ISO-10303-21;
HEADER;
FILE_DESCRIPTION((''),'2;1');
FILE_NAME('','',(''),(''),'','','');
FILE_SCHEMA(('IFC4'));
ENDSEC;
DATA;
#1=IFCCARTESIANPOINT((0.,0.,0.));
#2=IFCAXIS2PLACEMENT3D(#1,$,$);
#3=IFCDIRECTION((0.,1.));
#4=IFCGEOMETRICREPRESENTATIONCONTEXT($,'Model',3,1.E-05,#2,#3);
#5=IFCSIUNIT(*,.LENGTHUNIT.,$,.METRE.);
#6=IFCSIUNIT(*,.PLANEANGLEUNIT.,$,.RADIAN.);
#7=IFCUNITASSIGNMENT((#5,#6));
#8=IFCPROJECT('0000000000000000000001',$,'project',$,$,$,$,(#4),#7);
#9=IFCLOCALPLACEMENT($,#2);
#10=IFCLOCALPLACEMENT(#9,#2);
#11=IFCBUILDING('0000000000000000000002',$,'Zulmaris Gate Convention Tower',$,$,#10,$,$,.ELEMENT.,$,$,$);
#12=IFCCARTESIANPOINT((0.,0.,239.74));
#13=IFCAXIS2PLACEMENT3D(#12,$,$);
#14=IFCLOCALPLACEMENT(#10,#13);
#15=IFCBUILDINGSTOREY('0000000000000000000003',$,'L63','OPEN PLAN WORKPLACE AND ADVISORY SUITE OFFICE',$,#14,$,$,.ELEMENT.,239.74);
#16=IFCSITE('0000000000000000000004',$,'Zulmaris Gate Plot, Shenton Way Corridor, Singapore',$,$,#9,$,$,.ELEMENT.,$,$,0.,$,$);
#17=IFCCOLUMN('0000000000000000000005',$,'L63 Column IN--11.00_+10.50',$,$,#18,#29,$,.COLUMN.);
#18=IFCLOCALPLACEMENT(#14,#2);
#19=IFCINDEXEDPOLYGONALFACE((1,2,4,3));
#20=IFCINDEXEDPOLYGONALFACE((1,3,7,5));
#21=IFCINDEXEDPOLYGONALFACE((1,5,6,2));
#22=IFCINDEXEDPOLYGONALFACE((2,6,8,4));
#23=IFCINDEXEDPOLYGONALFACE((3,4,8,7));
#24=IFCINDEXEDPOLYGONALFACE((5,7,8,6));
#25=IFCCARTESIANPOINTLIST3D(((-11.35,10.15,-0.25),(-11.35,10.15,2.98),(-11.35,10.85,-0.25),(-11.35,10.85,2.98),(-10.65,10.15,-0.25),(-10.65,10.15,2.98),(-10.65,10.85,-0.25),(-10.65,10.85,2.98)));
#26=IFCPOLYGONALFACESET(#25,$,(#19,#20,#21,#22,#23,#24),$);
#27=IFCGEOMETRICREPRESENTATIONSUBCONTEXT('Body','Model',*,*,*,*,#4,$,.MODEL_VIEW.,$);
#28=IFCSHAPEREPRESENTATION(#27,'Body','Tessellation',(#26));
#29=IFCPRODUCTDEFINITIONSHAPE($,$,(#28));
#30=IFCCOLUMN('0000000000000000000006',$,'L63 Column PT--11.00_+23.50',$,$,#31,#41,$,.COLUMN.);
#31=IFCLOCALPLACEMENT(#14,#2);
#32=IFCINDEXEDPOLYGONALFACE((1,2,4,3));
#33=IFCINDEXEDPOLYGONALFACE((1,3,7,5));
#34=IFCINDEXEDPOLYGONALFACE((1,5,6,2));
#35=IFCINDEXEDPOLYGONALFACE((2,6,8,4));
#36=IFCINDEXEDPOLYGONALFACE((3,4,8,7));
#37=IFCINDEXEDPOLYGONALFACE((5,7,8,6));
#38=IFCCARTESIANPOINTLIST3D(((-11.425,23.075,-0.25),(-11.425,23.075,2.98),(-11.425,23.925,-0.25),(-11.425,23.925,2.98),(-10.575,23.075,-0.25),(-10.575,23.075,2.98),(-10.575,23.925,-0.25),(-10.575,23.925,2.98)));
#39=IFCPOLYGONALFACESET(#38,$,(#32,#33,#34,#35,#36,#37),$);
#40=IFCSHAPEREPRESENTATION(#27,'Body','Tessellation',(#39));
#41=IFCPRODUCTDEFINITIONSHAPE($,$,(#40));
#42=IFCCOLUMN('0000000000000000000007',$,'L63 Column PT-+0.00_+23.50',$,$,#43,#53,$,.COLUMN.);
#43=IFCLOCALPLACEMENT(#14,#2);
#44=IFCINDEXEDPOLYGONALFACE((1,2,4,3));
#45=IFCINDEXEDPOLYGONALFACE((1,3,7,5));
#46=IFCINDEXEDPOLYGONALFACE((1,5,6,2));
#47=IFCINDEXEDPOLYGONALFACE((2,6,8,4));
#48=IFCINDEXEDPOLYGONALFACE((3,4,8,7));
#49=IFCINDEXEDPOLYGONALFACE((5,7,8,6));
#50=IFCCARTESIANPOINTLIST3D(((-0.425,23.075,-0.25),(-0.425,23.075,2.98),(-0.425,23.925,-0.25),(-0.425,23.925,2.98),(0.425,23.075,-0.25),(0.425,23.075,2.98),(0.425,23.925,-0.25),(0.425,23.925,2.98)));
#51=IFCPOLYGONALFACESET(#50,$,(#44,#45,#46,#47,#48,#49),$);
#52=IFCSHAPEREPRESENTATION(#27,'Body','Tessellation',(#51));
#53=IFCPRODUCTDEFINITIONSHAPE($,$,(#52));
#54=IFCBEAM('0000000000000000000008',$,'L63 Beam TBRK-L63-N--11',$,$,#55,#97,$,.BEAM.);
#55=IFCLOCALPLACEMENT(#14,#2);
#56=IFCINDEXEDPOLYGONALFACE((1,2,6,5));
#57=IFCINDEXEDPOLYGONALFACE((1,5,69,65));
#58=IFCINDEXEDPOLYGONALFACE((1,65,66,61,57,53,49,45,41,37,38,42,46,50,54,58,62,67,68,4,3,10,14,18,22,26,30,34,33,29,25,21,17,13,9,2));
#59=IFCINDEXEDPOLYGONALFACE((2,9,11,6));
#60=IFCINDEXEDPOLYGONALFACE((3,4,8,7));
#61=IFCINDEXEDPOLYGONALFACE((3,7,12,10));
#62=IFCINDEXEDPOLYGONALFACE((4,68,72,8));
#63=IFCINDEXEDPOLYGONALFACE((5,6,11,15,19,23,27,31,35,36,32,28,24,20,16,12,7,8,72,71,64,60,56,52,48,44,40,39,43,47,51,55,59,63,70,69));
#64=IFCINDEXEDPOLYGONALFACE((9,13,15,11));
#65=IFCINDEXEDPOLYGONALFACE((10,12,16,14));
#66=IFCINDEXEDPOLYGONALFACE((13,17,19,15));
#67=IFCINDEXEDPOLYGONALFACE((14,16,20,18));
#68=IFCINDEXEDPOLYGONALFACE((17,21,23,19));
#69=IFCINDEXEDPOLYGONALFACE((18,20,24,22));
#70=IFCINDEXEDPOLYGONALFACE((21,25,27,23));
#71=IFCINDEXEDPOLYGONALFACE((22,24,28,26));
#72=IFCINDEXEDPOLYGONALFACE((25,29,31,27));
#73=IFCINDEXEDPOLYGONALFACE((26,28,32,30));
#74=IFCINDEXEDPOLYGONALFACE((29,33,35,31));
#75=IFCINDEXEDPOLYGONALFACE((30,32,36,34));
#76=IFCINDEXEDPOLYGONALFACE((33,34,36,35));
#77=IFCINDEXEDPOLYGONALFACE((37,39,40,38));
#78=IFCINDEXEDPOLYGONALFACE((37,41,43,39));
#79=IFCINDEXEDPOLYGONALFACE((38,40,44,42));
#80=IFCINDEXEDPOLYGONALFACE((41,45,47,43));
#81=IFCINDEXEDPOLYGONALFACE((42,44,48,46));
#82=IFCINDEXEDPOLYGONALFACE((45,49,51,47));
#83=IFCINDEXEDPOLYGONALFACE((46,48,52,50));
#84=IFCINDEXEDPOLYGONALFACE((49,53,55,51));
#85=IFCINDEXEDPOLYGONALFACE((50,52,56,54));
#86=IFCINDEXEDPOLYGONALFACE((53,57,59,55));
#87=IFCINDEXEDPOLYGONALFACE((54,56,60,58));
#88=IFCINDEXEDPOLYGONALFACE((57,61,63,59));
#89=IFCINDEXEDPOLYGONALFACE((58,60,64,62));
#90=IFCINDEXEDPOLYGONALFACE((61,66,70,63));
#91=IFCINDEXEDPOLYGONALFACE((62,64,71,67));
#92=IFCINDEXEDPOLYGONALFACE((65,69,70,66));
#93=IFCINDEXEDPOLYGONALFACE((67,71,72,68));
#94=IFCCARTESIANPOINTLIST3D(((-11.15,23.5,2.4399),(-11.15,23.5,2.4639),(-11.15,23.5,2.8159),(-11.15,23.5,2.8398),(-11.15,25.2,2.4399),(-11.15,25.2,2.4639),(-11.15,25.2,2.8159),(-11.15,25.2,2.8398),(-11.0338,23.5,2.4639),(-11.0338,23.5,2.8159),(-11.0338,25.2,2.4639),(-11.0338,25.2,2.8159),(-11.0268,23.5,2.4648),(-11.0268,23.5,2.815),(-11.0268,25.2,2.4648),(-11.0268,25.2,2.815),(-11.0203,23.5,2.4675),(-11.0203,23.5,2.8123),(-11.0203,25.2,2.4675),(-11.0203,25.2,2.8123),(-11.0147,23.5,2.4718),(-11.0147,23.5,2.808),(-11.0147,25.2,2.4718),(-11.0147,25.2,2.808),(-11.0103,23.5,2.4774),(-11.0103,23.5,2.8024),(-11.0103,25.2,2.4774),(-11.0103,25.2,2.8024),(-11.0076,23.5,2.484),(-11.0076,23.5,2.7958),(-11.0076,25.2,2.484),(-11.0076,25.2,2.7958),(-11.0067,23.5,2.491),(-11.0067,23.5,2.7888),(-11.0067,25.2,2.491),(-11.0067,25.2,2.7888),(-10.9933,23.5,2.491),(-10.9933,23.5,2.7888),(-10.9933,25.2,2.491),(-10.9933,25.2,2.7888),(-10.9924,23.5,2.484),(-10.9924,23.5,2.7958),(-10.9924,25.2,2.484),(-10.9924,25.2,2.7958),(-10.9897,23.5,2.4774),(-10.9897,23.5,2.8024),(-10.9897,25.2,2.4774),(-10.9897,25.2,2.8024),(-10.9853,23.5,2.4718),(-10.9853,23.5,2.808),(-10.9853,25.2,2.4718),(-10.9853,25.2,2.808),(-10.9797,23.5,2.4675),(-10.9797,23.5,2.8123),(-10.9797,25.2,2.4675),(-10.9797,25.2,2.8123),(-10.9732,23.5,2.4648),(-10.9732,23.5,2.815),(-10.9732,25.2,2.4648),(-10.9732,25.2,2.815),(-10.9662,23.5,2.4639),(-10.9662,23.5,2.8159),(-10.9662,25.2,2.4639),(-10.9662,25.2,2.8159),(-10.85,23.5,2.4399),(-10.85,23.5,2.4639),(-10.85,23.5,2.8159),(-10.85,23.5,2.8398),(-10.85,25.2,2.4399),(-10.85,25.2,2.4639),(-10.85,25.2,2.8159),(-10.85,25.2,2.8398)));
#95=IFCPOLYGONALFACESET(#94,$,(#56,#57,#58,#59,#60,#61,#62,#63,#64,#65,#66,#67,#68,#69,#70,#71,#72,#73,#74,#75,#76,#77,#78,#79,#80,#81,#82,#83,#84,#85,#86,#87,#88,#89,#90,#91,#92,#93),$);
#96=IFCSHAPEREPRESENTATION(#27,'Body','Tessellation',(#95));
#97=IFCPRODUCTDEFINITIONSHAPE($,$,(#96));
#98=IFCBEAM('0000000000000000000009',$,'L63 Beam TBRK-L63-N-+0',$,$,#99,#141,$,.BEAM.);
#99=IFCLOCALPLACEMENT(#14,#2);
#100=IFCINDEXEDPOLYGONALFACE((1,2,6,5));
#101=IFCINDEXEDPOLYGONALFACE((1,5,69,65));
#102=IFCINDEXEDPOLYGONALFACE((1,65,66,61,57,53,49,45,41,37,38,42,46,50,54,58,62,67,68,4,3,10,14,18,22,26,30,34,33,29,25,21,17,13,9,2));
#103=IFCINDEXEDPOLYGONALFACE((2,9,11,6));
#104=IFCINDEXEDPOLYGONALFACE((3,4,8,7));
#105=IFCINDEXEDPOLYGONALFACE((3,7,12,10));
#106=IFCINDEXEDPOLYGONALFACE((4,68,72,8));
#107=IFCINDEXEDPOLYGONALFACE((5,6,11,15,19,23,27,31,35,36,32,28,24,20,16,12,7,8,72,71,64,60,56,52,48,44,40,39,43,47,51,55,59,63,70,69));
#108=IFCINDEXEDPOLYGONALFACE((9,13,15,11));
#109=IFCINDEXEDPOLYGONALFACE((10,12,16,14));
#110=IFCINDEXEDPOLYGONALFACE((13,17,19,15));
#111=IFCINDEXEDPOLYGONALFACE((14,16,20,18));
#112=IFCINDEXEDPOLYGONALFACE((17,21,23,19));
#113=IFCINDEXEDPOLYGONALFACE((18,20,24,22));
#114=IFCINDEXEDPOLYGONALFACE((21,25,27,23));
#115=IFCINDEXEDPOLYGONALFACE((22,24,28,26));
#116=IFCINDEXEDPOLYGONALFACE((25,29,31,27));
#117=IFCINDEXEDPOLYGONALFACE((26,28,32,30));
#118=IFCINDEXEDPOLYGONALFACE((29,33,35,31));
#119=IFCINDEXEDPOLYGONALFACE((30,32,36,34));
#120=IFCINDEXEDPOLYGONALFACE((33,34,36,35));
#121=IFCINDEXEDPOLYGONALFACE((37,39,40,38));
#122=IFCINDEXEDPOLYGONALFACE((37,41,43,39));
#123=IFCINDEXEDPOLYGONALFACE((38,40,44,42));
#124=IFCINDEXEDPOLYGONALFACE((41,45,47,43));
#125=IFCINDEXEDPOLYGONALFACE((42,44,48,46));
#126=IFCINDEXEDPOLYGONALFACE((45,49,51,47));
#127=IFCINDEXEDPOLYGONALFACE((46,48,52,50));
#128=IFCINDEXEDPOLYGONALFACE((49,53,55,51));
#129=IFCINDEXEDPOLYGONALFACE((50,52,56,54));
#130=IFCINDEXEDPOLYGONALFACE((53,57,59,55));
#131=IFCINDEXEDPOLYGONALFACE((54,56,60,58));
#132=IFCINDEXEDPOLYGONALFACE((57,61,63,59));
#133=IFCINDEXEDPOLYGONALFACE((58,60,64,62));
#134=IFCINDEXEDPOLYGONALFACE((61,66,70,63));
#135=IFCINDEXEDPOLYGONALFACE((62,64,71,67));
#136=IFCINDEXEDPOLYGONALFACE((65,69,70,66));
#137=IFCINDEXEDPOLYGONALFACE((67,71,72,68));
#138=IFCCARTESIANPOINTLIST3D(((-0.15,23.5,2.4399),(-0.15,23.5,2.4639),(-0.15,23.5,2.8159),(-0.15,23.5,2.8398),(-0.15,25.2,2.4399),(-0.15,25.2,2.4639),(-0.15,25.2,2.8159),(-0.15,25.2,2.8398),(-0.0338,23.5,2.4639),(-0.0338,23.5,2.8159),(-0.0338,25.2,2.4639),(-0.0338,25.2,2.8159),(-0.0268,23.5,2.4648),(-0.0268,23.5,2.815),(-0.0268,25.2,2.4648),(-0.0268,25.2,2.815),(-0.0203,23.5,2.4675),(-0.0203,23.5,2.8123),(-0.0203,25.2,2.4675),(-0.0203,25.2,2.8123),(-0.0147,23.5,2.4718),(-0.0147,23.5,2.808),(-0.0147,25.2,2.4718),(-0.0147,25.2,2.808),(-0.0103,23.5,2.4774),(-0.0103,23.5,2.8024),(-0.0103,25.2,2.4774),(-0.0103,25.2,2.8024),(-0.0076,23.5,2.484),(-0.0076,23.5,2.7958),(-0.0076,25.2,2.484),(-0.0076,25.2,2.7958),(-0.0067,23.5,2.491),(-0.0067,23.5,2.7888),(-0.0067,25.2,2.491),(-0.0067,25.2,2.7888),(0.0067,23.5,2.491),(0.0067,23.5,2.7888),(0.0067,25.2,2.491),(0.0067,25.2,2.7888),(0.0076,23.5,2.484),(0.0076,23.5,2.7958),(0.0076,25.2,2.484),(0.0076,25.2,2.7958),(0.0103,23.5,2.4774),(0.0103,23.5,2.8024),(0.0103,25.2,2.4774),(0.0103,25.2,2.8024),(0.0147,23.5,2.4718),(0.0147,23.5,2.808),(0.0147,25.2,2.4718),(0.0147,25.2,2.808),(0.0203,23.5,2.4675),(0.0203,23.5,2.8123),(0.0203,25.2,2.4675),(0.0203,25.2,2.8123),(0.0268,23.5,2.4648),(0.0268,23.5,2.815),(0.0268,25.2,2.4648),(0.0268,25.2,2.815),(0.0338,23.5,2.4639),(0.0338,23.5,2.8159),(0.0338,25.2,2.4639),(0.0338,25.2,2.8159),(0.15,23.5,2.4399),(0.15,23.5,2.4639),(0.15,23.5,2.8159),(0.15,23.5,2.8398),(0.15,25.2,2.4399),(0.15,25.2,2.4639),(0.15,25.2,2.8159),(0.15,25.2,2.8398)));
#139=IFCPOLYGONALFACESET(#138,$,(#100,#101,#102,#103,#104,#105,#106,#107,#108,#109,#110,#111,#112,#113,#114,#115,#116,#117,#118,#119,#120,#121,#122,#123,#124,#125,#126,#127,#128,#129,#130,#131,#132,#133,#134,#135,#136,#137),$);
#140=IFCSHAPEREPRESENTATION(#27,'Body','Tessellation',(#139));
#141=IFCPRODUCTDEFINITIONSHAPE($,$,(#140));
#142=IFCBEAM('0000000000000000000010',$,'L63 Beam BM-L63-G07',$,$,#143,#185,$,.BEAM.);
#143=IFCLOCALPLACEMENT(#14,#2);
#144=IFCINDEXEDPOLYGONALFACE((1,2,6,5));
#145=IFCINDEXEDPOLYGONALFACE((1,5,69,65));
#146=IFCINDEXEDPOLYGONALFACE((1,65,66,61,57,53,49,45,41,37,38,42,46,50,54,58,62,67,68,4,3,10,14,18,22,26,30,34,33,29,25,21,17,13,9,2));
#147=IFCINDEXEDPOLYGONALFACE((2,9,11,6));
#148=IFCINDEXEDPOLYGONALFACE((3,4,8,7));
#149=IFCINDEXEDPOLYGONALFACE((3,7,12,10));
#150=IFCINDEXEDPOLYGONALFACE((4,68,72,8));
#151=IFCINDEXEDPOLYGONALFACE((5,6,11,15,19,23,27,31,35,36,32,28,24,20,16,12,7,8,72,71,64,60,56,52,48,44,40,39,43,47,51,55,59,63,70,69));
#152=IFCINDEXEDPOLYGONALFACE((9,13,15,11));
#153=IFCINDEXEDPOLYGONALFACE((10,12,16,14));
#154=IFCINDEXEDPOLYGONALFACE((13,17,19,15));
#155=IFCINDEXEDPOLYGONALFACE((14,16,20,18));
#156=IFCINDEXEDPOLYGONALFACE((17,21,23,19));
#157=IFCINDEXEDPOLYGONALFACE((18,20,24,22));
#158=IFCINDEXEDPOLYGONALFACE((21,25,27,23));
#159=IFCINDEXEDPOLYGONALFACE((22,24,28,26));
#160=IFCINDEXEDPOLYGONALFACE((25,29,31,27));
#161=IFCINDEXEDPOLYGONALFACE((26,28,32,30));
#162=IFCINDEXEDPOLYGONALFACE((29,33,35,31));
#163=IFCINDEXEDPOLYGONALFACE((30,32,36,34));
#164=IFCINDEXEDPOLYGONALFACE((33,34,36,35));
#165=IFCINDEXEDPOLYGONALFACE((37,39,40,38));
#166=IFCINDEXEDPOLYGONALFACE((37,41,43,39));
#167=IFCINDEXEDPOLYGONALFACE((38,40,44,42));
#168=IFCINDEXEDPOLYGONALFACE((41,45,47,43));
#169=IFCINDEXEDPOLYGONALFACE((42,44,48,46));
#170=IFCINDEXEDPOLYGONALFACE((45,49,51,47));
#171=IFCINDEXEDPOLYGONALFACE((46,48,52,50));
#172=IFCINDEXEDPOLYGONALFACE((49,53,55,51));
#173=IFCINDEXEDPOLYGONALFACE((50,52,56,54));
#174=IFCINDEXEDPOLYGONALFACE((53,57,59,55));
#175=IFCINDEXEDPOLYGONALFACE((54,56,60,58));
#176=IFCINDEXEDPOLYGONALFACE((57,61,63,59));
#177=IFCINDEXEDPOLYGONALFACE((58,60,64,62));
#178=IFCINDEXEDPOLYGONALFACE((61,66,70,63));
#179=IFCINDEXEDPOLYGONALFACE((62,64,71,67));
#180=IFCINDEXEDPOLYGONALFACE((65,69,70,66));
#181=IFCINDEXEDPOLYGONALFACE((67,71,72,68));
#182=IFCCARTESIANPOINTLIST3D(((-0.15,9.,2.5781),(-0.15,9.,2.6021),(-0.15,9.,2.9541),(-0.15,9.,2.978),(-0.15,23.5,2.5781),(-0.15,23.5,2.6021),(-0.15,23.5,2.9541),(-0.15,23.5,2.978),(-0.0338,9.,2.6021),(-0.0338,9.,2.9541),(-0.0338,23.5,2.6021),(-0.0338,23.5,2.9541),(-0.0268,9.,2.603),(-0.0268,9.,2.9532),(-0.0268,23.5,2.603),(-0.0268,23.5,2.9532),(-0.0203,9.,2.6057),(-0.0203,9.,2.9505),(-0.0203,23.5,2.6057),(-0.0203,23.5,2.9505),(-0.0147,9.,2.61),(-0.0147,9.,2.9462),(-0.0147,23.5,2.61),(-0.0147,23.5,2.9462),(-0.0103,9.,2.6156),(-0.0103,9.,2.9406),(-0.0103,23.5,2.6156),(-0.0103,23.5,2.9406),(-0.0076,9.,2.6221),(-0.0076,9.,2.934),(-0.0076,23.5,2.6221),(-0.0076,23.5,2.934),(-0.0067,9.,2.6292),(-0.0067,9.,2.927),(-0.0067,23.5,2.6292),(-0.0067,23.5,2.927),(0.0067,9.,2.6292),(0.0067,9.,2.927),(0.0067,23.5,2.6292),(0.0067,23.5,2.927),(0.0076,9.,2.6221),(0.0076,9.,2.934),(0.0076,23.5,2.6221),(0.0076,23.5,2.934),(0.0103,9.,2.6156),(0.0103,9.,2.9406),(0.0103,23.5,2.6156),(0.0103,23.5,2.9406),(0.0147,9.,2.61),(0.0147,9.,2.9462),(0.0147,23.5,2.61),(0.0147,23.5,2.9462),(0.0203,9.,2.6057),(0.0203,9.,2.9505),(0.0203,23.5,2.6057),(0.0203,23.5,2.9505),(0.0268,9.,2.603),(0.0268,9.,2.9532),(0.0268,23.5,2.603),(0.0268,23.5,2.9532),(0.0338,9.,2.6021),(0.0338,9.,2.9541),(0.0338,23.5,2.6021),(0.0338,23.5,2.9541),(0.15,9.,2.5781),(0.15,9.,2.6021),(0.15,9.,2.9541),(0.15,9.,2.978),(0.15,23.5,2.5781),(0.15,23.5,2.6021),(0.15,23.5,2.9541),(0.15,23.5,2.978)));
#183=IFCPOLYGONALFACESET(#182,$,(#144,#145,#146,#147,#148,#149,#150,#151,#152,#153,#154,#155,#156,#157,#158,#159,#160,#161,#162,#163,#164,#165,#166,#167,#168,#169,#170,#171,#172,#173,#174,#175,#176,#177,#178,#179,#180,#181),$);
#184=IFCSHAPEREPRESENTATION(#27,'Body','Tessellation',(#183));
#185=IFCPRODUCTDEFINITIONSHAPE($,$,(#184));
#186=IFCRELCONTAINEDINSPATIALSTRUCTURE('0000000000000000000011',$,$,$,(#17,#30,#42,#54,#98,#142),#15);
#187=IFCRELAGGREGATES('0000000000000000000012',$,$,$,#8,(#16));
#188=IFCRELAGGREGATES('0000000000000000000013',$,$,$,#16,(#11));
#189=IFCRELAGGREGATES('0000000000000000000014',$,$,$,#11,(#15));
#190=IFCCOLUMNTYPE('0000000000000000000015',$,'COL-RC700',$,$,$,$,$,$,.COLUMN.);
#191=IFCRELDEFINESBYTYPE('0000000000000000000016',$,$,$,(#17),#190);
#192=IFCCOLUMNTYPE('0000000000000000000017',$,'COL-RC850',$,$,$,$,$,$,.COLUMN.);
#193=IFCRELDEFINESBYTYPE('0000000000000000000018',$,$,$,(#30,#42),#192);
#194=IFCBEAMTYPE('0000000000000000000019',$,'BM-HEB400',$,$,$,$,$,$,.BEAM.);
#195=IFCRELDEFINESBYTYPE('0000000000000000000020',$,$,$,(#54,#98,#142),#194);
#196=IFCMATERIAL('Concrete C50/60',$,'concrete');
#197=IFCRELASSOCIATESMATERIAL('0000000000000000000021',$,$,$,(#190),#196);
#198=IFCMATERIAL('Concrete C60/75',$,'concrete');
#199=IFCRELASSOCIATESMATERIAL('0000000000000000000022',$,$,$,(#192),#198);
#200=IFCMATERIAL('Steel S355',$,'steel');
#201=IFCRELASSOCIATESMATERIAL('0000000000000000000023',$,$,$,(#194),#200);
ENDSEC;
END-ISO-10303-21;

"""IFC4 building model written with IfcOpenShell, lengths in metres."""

from ifc_helpers import new_model, si_unit, direction, frame, origin, origin_2d, place, context, subcontext, project, spatial, rectangle, i_section, extrude, material, material_profile, profile_set, type_object, element, save


model = new_model("IFC4")

# Units and contexts
model_context = context("Model", 3, precision=1e-05, world=origin(), true_north=direction((0.0, 1.0)))
body_context = subcontext(model_context, "Body", "Model", "MODEL_VIEW")
ifc_project = project(units=[si_unit("LENGTHUNIT", "METRE"), si_unit("PLANEANGLEUNIT", "RADIAN")], contexts=[model_context])

# Site, building, storey
site_placement = place(None, origin())
site = spatial("IfcSite", under=ifc_project, at=site_placement, Name="Zulmaris Gate Plot, Shenton Way Corridor, Singapore", CompositionType="ELEMENT", RefElevation=0.0)
building_placement = place(site_placement, origin())
building = spatial("IfcBuilding", under=site, at=building_placement, Name="Zulmaris Gate Convention Tower", CompositionType="ELEMENT")
storey_placement = place(building_placement, frame((0.0, 0.0, 239.74)))
storey = spatial("IfcBuildingStorey", under=building, at=storey_placement, Name="L63", Description="OPEN PLAN WORKPLACE AND ADVISORY SUITE OFFICE", CompositionType="ELEMENT", Elevation=239.74)

# Columns
ifc_material_1 = material(Name="Concrete C50/60", Category="concrete")
ifc_material_profile_1 = material_profile(ifc_material_1, rectangle(XDim=0.7, YDim=0.7, at=origin_2d()), Name="RC COL 700x700")
ifc_profile_set_1 = profile_set([ifc_material_profile_1], Name="Concrete C50/60")
column_type_1 = type_object("IfcColumnType", Name="COL-RC700", PredefinedType="COLUMN", material=ifc_profile_set_1)
column_placement = place(storey_placement, frame((-11.0, 10.5, -0.25), z_axis=(0.0, 0.0, 1.0), x_axis=(1.0, 0.0, 0.0)))
element("IfcColumn", 1, at=column_placement, inside=storey, type_object=column_type_1, Name="L63 Column IN--11.00_+10.50", PredefinedType="COLUMN", context=body_context, shape_type="SweptSolid", body=[
    extrude(rectangle(XDim=0.7, YDim=0.7, at=origin_2d()), origin(), (0.0, 0.0, 1.0), 3.23),
])
ifc_material_2 = material(Name="Concrete C60/75", Category="concrete")
ifc_material_profile_2 = material_profile(ifc_material_2, rectangle(XDim=0.8501, YDim=0.8501, at=origin_2d()), Name="RC COL 850x850")
ifc_profile_set_2 = profile_set([ifc_material_profile_2], Name="Concrete C60/75")
column_type_2 = type_object("IfcColumnType", Name="COL-RC850", PredefinedType="COLUMN", material=ifc_profile_set_2)
for number, where, z_axis, x_axis, name in (
    (2, (-11.0, 23.5, -0.25), (0.0, 0.0, 1.0), (1.0, 0.0, 0.0), "L63 Column PT--11.00_+23.50"),
    (3, (0.0, 23.5, -0.25), (0.0, 0.0, 1.0), (1.0, 0.0, 0.0), "L63 Column PT-+0.00_+23.50"),
):
    element("IfcColumn", number, at=place(storey_placement, frame(where, z_axis=z_axis, x_axis=x_axis)), inside=storey, type_object=column_type_2, Name=name, PredefinedType="COLUMN", context=body_context, shape_type="SweptSolid", body=[
        extrude(rectangle(XDim=0.8501, YDim=0.8501, at=origin_2d()), origin(), (0.0, 0.0, 1.0), 3.23),
    ])

# Beams
ifc_material_3 = material(Name="Steel S355", Category="steel")
ifc_material_profile_3 = material_profile(ifc_material_3, i_section(OverallWidth=0.3, OverallDepth=0.3999, WebThickness=0.0134, FlangeThickness=0.0239, FilletRadius=0.0271, at=origin_2d()), Name="HEB 400")
ifc_profile_set_3 = profile_set([ifc_material_profile_3], Name="Steel S355")
beam_type_1 = type_object("IfcBeamType", Name="BM-HEB400", PredefinedType="BEAM", material=ifc_profile_set_3)
for number, where, z_axis, x_axis, name in (
    (4, (-11.0, 23.5, 2.6399), (0.0, 1.0, 0.0), (-1.0, 0.0, 0.0), "L63 Beam TBRK-L63-N--11"),
    (5, (0.0, 23.5, 2.6399), (0.0, 1.0, 0.0), (-1.0, 0.0, 0.0), "L63 Beam TBRK-L63-N-+0"),
):
    element("IfcBeam", number, at=place(storey_placement, frame(where, z_axis=z_axis, x_axis=x_axis)), inside=storey, type_object=beam_type_1, Name=name, PredefinedType="BEAM", context=body_context, shape_type="SweptSolid", body=[
        extrude(i_section(OverallWidth=0.3, OverallDepth=0.3999, WebThickness=0.0134, FlangeThickness=0.0239, FilletRadius=0.0271, at=origin_2d()), origin(), (0.0, 0.0, 1.0), 1.7),
    ])
beam_1_placement = place(storey_placement, frame((0.0, 9.0, 2.7781), z_axis=(0.0, 1.0, 0.0), x_axis=(-1.0, 0.0, 0.0)))
element("IfcBeam", 6, at=beam_1_placement, inside=storey, type_object=beam_type_1, Name="L63 Beam BM-L63-G07", PredefinedType="BEAM", context=body_context, shape_type="SweptSolid", body=[
    extrude(i_section(OverallWidth=0.3, OverallDepth=0.3999, WebThickness=0.0134, FlangeThickness=0.0239, FilletRadius=0.0271, at=origin_2d()), origin(), (0.0, 0.0, 1.0), 14.5),
])

save(model, "model.ifc")
